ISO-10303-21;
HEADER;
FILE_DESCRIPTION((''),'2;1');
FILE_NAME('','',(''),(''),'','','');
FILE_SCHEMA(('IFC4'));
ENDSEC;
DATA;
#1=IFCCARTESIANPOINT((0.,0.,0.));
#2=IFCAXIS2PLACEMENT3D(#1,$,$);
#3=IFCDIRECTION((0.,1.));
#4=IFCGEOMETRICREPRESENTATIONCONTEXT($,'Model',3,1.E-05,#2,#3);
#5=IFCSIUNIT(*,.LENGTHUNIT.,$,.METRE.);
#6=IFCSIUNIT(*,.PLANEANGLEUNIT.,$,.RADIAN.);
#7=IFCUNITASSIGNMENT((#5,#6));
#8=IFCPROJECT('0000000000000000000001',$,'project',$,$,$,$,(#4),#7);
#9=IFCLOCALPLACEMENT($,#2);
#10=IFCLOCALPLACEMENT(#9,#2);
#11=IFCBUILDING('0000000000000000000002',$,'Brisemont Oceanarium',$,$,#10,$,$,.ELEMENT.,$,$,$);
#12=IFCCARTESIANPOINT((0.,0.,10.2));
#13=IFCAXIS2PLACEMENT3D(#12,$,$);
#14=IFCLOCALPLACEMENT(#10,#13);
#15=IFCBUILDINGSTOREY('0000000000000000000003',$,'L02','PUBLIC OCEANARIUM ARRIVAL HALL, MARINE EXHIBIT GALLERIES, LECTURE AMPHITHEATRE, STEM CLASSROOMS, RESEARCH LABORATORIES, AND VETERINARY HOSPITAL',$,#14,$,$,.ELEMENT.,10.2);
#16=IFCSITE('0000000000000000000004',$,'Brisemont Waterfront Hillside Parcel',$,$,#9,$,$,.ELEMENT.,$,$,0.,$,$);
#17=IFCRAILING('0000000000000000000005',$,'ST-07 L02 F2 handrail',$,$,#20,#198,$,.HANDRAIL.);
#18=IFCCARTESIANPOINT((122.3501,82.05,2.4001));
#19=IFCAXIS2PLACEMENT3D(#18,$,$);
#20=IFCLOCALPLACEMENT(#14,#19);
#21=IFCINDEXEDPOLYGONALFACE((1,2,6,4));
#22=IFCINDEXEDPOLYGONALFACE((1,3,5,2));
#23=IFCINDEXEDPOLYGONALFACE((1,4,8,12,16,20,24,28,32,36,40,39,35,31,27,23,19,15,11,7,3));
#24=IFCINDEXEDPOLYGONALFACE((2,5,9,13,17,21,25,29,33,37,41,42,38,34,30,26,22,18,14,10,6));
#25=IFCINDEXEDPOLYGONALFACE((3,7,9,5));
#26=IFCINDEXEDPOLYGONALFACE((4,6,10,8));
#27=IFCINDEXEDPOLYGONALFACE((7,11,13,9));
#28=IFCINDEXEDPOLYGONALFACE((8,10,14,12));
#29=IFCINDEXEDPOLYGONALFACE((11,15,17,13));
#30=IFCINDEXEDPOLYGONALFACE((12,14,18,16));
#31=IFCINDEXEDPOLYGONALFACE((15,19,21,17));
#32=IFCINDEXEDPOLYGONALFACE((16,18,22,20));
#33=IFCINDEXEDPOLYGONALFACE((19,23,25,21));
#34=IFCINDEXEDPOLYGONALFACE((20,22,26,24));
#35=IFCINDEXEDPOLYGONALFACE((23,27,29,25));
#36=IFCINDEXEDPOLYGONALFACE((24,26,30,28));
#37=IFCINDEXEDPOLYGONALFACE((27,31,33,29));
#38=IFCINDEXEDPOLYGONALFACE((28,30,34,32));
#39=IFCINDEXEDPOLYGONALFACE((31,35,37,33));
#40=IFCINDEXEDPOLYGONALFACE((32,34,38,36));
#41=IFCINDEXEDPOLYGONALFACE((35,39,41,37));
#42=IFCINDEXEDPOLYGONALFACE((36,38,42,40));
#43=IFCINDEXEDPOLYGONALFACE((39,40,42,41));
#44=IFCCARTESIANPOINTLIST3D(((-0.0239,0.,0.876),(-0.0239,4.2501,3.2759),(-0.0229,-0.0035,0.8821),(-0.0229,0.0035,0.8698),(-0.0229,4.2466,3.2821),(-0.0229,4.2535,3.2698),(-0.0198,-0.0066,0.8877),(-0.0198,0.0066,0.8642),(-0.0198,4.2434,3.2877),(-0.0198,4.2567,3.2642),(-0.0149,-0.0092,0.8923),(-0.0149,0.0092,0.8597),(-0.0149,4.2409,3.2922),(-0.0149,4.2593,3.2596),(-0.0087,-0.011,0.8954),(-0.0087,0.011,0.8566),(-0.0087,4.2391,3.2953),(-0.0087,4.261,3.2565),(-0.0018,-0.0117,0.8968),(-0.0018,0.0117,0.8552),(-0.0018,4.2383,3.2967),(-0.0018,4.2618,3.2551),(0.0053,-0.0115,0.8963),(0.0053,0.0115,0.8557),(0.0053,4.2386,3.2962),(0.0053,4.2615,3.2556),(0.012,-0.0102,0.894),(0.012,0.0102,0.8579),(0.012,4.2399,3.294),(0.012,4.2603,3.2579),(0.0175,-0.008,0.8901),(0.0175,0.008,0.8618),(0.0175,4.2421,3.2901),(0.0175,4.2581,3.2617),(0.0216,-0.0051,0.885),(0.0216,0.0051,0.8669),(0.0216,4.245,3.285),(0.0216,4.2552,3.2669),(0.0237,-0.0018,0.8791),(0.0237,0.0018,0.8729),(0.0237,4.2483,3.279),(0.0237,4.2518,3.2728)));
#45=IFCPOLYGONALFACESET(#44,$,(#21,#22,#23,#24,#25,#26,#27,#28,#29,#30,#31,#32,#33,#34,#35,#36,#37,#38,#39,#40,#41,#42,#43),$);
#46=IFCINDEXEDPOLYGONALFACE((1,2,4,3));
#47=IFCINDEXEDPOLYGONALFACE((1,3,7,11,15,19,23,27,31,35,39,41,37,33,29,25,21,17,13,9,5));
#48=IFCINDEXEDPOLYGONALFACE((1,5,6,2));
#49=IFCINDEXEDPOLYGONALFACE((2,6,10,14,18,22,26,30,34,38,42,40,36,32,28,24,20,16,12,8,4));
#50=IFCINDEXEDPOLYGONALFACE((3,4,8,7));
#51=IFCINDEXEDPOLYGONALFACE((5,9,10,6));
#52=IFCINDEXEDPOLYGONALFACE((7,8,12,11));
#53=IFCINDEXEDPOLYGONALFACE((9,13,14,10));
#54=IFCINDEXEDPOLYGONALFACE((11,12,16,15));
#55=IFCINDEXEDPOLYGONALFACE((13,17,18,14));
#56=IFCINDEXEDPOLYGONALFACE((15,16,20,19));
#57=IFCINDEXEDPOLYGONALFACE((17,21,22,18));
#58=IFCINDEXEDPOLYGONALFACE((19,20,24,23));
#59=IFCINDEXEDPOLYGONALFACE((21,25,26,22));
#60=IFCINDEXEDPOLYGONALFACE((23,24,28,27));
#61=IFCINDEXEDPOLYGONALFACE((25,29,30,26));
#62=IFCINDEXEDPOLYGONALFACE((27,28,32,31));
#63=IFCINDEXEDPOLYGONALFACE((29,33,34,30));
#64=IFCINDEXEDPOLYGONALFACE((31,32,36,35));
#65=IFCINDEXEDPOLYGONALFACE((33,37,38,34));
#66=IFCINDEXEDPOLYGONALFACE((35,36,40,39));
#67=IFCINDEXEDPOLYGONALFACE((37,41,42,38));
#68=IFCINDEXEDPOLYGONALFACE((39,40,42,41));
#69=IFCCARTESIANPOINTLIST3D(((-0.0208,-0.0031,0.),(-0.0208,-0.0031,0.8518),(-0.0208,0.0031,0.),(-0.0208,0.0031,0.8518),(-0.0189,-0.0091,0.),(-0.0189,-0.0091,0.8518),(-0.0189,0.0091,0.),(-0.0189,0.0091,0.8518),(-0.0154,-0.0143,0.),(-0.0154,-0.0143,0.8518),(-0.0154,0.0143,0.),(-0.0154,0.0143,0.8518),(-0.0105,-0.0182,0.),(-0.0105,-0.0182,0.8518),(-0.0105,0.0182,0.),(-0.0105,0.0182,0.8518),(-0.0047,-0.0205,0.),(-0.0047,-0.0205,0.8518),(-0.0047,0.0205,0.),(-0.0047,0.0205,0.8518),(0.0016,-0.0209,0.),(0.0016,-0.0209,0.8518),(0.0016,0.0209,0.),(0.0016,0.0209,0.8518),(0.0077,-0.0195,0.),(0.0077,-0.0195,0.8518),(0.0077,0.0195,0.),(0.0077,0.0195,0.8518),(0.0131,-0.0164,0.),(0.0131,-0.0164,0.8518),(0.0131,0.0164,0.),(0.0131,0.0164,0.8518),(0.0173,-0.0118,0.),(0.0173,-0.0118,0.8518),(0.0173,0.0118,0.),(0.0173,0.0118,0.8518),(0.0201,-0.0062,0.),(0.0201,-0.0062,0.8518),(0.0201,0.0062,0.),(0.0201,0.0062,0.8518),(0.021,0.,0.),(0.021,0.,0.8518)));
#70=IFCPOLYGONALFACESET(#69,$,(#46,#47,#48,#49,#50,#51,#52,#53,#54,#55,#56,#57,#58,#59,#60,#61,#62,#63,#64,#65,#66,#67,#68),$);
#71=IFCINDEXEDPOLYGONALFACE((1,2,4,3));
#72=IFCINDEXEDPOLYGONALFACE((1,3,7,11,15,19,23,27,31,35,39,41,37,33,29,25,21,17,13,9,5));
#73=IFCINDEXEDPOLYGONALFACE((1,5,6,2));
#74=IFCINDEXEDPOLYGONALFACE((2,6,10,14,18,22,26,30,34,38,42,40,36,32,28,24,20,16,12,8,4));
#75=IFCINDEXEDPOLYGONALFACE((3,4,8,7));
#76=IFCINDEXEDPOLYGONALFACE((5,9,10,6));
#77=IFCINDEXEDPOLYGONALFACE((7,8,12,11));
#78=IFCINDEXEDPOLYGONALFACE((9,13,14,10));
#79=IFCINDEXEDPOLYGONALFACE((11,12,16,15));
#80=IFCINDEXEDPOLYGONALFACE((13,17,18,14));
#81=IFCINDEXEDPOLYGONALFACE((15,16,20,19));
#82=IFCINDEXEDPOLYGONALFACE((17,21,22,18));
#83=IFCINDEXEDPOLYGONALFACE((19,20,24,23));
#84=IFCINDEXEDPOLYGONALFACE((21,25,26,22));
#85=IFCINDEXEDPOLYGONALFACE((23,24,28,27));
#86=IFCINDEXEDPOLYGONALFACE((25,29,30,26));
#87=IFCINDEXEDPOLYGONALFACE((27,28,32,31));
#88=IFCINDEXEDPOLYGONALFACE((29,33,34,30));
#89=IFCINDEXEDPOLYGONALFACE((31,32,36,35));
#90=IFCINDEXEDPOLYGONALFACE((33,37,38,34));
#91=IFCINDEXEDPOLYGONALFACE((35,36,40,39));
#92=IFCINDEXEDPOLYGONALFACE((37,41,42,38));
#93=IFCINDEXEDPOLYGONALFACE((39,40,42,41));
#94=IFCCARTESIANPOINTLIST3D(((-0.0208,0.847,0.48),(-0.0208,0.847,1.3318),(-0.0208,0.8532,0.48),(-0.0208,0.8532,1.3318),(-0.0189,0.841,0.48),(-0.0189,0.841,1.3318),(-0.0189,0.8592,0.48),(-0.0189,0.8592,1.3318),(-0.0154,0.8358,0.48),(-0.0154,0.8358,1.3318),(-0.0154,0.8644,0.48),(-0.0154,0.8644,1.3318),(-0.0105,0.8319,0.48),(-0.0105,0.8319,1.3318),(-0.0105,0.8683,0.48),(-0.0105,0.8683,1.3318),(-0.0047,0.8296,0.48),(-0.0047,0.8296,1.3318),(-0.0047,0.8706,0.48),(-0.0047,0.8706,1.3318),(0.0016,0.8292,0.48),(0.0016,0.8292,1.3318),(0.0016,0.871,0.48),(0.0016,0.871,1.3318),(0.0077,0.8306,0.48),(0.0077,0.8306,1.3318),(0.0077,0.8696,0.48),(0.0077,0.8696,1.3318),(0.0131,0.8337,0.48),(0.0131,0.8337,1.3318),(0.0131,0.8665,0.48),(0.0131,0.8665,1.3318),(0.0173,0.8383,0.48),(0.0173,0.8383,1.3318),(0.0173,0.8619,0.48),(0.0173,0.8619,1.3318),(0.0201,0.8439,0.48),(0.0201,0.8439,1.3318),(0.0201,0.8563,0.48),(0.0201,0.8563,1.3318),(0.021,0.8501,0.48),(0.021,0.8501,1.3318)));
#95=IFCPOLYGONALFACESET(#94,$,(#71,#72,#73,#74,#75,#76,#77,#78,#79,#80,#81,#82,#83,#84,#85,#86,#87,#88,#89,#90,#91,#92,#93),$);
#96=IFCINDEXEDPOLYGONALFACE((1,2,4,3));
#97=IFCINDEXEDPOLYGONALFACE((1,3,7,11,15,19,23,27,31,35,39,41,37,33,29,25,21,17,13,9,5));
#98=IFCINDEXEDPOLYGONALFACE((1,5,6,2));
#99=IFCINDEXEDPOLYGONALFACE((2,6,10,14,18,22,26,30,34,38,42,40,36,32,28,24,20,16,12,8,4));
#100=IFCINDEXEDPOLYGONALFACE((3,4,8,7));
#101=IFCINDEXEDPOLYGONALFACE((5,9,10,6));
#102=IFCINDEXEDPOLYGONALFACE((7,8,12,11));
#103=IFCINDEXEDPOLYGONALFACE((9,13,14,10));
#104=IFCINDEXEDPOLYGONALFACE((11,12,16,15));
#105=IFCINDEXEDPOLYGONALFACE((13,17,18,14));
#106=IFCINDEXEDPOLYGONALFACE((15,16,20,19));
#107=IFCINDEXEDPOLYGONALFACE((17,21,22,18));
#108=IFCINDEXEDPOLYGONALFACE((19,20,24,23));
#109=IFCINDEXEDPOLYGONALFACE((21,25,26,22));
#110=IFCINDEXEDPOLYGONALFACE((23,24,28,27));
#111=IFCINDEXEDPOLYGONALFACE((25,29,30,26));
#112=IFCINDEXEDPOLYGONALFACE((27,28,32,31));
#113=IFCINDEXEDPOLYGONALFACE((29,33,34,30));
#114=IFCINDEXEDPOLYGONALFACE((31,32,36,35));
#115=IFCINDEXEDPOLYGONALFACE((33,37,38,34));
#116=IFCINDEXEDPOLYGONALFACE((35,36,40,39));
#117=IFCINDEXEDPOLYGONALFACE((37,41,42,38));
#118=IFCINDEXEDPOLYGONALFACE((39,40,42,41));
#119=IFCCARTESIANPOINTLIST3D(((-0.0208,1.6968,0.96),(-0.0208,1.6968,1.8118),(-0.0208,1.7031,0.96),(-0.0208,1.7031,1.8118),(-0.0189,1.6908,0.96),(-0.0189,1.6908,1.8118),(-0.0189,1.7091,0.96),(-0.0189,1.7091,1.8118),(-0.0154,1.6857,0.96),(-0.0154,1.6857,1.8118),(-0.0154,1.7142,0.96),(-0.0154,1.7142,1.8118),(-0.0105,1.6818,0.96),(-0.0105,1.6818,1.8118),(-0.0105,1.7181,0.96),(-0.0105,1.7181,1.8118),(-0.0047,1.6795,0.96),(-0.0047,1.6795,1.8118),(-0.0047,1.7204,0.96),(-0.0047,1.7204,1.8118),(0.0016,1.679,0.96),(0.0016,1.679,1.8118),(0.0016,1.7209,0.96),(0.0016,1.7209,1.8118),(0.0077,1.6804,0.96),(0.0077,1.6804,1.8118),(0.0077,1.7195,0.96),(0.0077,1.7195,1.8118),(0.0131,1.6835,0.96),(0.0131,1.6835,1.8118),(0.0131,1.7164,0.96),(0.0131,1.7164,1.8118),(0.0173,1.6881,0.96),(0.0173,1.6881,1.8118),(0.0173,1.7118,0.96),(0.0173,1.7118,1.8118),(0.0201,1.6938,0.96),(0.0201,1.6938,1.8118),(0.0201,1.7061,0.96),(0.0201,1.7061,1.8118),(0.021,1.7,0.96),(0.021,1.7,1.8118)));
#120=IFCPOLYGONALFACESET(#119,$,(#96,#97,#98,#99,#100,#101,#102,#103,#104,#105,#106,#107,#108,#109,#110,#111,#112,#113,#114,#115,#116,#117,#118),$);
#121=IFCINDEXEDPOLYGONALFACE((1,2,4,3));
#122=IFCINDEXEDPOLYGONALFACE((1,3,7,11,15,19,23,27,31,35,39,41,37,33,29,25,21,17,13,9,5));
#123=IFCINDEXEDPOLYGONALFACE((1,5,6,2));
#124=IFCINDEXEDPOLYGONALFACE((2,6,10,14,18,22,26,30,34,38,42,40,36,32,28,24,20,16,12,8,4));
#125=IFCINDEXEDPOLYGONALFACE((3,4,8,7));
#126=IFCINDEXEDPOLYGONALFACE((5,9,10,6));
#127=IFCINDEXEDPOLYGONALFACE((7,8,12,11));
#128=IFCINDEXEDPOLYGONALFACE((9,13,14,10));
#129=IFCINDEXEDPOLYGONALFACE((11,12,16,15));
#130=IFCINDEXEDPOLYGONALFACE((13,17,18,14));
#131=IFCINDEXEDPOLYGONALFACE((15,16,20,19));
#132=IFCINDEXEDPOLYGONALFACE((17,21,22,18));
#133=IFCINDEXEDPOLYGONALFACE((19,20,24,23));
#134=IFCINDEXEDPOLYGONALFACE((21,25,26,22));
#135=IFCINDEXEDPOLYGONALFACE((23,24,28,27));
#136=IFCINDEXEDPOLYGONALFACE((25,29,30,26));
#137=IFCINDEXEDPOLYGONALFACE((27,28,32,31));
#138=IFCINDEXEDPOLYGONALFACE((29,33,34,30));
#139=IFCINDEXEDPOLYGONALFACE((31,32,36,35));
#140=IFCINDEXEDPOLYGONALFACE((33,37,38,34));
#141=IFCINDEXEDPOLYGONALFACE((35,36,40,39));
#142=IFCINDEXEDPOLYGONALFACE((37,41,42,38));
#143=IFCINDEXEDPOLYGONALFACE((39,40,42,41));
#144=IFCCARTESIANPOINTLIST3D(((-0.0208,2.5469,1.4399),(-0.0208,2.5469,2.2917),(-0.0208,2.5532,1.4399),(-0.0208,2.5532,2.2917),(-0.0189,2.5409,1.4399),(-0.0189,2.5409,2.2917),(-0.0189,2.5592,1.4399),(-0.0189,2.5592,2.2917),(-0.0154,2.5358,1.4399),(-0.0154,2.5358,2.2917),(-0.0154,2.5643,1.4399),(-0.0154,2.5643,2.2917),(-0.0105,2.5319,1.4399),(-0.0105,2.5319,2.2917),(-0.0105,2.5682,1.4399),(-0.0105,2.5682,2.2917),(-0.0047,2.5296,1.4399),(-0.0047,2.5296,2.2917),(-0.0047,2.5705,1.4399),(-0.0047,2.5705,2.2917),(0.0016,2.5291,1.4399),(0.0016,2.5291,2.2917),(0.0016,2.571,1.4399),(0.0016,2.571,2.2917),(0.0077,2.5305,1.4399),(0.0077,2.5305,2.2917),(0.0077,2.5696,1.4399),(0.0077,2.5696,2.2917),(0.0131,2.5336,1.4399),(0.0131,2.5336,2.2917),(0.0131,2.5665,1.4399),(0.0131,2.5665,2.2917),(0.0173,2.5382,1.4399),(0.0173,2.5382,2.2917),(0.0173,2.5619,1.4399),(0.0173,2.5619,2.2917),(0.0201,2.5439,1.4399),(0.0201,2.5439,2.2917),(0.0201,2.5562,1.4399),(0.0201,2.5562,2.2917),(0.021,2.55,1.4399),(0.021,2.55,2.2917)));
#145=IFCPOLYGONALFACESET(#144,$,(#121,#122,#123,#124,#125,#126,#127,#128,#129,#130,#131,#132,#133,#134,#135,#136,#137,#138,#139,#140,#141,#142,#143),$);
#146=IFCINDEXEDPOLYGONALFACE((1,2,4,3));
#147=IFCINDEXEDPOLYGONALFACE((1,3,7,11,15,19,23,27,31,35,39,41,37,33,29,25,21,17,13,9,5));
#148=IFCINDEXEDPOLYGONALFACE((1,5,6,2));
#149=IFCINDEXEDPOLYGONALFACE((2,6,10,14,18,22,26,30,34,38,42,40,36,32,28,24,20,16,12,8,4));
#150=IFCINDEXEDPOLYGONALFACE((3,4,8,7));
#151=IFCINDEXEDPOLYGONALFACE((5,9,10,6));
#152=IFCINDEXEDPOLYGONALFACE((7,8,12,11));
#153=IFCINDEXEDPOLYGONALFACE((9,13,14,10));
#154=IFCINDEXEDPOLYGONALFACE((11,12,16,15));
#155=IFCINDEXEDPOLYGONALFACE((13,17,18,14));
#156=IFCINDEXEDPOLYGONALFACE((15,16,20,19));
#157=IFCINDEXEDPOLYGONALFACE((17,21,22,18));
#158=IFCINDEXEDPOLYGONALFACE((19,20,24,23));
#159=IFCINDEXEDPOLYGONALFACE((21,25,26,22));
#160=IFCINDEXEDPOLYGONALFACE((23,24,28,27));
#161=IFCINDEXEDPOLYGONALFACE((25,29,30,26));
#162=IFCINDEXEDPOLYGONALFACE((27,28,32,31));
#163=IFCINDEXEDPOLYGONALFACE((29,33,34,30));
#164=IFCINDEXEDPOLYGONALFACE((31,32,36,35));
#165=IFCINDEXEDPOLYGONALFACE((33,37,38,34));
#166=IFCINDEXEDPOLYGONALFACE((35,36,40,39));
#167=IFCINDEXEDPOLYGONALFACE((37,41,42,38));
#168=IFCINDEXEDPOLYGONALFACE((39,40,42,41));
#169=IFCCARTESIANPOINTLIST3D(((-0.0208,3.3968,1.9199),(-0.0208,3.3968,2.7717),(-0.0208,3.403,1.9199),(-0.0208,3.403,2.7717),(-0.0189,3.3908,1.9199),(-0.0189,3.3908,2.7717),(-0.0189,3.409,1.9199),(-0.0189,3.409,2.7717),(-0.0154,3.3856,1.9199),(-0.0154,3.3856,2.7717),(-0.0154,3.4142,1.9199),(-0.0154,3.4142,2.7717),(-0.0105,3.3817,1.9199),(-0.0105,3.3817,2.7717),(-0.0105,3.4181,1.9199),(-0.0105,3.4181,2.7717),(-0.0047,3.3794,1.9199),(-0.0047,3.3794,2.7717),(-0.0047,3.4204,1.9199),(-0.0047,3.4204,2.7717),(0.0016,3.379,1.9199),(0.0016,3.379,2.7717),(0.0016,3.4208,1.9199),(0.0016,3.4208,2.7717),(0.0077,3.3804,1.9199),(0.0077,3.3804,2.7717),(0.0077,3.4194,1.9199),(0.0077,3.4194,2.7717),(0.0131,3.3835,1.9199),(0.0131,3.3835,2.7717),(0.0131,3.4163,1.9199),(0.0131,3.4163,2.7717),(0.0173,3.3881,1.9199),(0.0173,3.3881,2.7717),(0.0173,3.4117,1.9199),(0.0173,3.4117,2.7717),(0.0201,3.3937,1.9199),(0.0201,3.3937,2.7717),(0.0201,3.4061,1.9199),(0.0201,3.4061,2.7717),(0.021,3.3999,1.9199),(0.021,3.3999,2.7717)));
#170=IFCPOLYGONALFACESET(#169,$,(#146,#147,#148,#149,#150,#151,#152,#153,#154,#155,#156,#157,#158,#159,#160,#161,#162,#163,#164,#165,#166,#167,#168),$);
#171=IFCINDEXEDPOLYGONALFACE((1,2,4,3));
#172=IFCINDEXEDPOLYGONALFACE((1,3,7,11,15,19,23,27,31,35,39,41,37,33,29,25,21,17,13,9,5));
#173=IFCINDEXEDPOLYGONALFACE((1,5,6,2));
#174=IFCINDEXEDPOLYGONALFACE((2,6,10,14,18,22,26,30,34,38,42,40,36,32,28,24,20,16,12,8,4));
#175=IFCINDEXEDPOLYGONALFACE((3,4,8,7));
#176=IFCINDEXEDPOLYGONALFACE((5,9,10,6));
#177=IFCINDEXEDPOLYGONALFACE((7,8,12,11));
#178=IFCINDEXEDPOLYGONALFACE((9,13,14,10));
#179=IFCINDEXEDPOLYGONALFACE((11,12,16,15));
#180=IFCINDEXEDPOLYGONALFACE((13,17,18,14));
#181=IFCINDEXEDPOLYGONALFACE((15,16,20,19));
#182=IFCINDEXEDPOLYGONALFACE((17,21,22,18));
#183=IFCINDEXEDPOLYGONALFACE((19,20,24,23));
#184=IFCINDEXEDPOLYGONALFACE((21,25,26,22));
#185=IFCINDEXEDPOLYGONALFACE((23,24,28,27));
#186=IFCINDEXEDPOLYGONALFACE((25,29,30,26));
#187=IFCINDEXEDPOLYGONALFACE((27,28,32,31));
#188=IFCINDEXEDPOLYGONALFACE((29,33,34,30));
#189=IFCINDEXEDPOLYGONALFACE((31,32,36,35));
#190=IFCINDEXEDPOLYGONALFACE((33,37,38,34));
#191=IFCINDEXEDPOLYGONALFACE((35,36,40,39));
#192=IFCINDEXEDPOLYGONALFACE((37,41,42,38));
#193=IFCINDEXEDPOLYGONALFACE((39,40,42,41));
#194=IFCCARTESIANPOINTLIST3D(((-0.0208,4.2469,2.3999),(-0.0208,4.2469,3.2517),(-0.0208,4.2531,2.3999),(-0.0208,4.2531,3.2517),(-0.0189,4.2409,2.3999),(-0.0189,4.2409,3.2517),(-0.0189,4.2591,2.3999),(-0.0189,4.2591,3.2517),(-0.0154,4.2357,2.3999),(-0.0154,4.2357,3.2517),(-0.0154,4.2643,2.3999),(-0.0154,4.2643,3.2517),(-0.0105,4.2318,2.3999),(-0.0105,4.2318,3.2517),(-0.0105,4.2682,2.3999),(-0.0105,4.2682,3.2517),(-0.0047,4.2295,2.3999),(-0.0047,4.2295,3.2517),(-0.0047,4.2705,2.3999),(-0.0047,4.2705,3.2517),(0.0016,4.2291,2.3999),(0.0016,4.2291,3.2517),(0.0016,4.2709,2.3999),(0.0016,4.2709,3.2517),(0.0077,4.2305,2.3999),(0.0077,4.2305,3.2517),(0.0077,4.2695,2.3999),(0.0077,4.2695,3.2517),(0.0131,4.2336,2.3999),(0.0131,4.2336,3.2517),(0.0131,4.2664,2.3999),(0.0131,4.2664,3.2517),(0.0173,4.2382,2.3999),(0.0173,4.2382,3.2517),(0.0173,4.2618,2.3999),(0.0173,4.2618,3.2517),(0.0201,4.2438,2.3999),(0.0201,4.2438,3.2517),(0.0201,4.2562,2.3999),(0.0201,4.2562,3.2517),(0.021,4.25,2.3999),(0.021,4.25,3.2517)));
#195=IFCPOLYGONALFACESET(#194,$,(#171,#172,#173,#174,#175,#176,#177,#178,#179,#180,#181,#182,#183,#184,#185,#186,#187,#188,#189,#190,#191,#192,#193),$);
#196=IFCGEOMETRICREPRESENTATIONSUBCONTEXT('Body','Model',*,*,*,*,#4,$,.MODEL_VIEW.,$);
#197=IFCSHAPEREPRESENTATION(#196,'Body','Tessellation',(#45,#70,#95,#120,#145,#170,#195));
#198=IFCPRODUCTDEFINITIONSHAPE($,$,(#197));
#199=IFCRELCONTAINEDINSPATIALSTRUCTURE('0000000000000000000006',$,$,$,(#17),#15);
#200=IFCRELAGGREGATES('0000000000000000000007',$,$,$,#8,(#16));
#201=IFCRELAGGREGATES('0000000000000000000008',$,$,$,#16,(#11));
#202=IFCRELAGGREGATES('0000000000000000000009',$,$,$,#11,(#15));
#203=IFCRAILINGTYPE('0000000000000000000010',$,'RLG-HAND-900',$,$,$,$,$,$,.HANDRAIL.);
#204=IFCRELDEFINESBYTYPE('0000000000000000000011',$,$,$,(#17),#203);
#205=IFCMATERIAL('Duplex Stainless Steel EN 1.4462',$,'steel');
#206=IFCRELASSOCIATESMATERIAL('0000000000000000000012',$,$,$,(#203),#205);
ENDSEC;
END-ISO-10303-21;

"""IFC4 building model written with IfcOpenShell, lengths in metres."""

from ifc_helpers import new_model, si_unit, direction, frame, origin, origin_2d, place, context, subcontext, project, spatial, circle, extrude, material, type_object, element, save


model = new_model("IFC4")

# Units and contexts
model_context = context("Model", 3, precision=1e-05, world=origin(), true_north=direction((0.0, 1.0)))
body_context = subcontext(model_context, "Body", "Model", "MODEL_VIEW")
ifc_project = project(units=[si_unit("LENGTHUNIT", "METRE"), si_unit("PLANEANGLEUNIT", "RADIAN")], contexts=[model_context])

# Site, building, storey
site_placement = place(None, origin())
site = spatial("IfcSite", under=ifc_project, at=site_placement, Name="Brisemont Waterfront Hillside Parcel", CompositionType="ELEMENT", RefElevation=0.0)
building_placement = place(site_placement, origin())
building = spatial("IfcBuilding", under=site, at=building_placement, Name="Brisemont Oceanarium", CompositionType="ELEMENT")
storey_placement = place(building_placement, frame((0.0, 0.0, 10.2)))
storey = spatial("IfcBuildingStorey", under=building, at=storey_placement, Name="L02", Description="PUBLIC OCEANARIUM ARRIVAL HALL, MARINE EXHIBIT GALLERIES, LECTURE AMPHITHEATRE, STEM CLASSROOMS, RESEARCH LABORATORIES, AND VETERINARY HOSPITAL", CompositionType="ELEMENT", Elevation=10.2)

# Railing
ifc_material_1 = material(Name="Duplex Stainless Steel EN 1.4462", Category="steel")
railing_type_1 = type_object("IfcRailingType", Name="RLG-HAND-900", PredefinedType="HANDRAIL", material=ifc_material_1)
railing_1_placement = place(storey_placement, frame((122.3501, 82.05, 2.4001)))
element("IfcRailing", 1, at=railing_1_placement, inside=storey, type_object=railing_type_1, Name="ST-07 L02 F2 handrail", PredefinedType="HANDRAIL", context=body_context, shape_type="SweptSolid", body=[
    extrude(circle(Radius=0.0239, at=origin_2d()), frame((0.0, 0.0, 0.876), z_axis=(0.0, 0.870762, 0.491704), x_axis=(-1.0, 0.0, 0.0)), (0.0, 0.0, 1.0), 4.8809),
    extrude(circle(Radius=0.021, at=origin_2d()), origin(), (0.0, 0.0, 1.0), 0.8518),
    extrude(circle(Radius=0.021, at=origin_2d()), frame((0.0, 0.8501, 0.48)), (0.0, 0.0, 1.0), 0.8518),
    extrude(circle(Radius=0.021, at=origin_2d()), frame((0.0, 1.7, 0.96)), (0.0, 0.0, 1.0), 0.8518),
    extrude(circle(Radius=0.021, at=origin_2d()), frame((0.0, 2.55, 1.4399)), (0.0, 0.0, 1.0), 0.8518),
    extrude(circle(Radius=0.021, at=origin_2d()), frame((0.0, 3.3999, 1.9199)), (0.0, 0.0, 1.0), 0.8518),
    extrude(circle(Radius=0.021, at=origin_2d()), frame((0.0, 4.25, 2.3999)), (0.0, 0.0, 1.0), 0.8518),
])

save(model, "model.ifc")
